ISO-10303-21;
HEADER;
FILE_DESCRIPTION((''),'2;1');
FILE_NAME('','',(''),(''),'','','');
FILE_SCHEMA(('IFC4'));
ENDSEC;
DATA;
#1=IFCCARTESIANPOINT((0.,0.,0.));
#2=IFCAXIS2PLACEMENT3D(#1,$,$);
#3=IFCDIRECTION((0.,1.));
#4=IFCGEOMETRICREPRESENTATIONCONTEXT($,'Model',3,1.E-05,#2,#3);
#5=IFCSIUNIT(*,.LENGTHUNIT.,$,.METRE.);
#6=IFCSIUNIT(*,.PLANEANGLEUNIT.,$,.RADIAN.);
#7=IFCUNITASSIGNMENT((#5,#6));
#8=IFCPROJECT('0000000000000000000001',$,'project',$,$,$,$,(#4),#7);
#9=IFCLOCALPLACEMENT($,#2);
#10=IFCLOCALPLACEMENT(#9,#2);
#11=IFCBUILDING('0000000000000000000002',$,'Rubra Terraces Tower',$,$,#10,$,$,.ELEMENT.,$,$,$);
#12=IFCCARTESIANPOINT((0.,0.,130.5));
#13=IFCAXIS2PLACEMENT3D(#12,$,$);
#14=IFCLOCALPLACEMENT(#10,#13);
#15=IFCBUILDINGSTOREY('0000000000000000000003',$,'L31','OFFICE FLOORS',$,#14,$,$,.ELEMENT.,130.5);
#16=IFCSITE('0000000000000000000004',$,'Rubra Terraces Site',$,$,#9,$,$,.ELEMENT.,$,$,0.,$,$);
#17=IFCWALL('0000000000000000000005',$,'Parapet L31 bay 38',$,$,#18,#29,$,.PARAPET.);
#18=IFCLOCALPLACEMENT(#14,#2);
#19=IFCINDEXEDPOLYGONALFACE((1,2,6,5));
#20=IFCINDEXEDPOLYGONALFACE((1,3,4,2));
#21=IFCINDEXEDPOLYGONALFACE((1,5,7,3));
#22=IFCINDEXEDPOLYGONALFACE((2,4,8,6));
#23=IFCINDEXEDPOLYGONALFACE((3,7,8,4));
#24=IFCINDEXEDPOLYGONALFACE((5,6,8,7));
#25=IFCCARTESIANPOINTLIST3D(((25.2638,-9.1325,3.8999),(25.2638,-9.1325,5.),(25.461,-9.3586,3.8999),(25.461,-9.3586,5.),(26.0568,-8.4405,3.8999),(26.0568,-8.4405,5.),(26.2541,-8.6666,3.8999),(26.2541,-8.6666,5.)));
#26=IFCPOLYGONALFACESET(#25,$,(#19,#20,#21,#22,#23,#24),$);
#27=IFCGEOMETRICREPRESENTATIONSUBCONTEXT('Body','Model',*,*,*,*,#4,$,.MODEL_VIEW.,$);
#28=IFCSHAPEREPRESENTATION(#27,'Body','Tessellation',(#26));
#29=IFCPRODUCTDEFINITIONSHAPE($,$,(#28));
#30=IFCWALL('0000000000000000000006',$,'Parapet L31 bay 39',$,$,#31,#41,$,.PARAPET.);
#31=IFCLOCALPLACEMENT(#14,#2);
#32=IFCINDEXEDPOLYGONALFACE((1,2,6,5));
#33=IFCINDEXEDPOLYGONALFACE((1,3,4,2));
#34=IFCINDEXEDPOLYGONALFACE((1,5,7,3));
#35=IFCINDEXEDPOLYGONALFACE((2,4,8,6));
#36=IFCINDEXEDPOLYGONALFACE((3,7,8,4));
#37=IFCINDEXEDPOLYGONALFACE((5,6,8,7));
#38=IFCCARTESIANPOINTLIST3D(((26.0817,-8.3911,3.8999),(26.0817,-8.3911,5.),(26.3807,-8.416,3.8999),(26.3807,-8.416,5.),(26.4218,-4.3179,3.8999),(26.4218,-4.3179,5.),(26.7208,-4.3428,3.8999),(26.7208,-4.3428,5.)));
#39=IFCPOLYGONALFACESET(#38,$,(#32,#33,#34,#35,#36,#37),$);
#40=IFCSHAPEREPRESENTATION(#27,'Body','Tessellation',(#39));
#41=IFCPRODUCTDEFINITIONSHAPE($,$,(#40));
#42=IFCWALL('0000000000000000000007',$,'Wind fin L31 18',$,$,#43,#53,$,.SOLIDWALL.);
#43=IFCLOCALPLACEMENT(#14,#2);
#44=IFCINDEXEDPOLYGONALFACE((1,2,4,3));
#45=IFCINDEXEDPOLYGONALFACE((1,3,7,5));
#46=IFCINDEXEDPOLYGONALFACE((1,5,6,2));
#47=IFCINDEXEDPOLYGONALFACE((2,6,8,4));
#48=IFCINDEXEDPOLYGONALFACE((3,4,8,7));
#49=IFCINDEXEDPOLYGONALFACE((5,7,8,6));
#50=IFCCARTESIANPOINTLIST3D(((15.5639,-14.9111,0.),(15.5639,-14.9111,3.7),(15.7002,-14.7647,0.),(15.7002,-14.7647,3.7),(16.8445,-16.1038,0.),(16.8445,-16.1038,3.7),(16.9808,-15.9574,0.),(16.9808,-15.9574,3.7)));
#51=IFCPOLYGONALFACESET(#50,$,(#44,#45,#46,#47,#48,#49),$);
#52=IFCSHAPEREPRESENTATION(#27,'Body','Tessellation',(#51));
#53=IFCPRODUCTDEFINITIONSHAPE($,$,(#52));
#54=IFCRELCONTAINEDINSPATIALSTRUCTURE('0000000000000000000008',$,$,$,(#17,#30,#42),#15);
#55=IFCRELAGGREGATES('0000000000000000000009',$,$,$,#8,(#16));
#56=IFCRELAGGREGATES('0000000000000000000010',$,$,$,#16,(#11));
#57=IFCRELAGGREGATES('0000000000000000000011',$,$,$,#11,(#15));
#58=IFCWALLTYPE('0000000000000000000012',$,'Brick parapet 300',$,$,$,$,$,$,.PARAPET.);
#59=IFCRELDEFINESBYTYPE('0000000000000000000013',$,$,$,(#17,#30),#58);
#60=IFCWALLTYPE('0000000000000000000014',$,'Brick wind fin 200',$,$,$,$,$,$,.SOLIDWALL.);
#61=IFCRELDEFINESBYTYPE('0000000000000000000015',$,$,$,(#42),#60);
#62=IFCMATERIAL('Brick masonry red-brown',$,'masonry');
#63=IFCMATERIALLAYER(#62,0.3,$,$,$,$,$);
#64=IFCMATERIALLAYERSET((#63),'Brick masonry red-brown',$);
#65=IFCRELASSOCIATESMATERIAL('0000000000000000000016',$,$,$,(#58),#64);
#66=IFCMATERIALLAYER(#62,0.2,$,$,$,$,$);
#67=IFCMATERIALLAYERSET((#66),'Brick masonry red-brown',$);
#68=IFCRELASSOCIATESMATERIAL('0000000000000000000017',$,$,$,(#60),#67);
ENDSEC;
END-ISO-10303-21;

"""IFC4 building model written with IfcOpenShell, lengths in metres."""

from ifc_helpers import new_model, si_unit, direction, frame, frame_2d, origin, place, context, subcontext, project, spatial, rectangle, extrude, material, layer, layer_set, type_object, element, save


model = new_model("IFC4")

# Units and contexts
model_context = context("Model", 3, precision=1e-05, world=origin(), true_north=direction((0.0, 1.0)))
body_context = subcontext(model_context, "Body", "Model", "MODEL_VIEW")
ifc_project = project(units=[si_unit("LENGTHUNIT", "METRE"), si_unit("PLANEANGLEUNIT", "RADIAN")], contexts=[model_context])

# Site, building, storey
site_placement = place(None, origin())
site = spatial("IfcSite", under=ifc_project, at=site_placement, Name="Rubra Terraces Site", CompositionType="ELEMENT", RefElevation=0.0)
building_placement = place(site_placement, origin())
building = spatial("IfcBuilding", under=site, at=building_placement, Name="Rubra Terraces Tower", CompositionType="ELEMENT")
storey_placement = place(building_placement, frame((0.0, 0.0, 130.5)))
storey = spatial("IfcBuildingStorey", under=building, at=storey_placement, Name="L31", Description="OFFICE FLOORS", CompositionType="ELEMENT", Elevation=130.5)

# Shared definitions
ifc_material_1 = material(Name="Brick masonry red-brown", Category="masonry")

# Walls
ifc_layer_1 = layer(ifc_material_1, 0.3)
ifc_layer_set_1 = layer_set([ifc_layer_1], Name="Brick masonry red-brown")
wall_type_1 = type_object("IfcWallType", Name="Brick parapet 300", PredefinedType="PARAPET", material=ifc_layer_set_1)
wall_1_placement = place(storey_placement, frame((25.3623, -9.2456, 3.8999), z_axis=(0.0, 0.0, 1.0), x_axis=(0.753496, 0.657453, 0.0)))
element("IfcWall", 1, at=wall_1_placement, inside=storey, type_object=wall_type_1, Name="Parapet L31 bay 38", PredefinedType="PARAPET", context=body_context, shape_type="SweptSolid", body=[
    extrude(rectangle(XDim=1.0525, YDim=0.3, at=frame_2d((0.5264, 0.0))), origin(), (0.0, 0.0, 1.0), 1.1001),
])
wall_2_placement = place(storey_placement, frame((26.2312, -8.4036, 3.8999), z_axis=(0.0, 0.0, 1.0), x_axis=(0.083204, 0.996533, 0.0)))
element("IfcWall", 2, at=wall_2_placement, inside=storey, type_object=wall_type_1, Name="Parapet L31 bay 39", PredefinedType="PARAPET", context=body_context, shape_type="SweptSolid", body=[
    extrude(rectangle(XDim=4.0874, YDim=0.3, at=frame_2d((2.0437, 0.0))), origin(), (0.0, 0.0, 1.0), 1.1001),
])
ifc_layer_2 = layer(ifc_material_1, 0.2)
ifc_layer_set_2 = layer_set([ifc_layer_2], Name="Brick masonry red-brown")
wall_type_2 = type_object("IfcWallType", Name="Brick wind fin 200", PredefinedType="SOLIDWALL", material=ifc_layer_set_2)
wall_3_placement = place(storey_placement, frame((15.6321, -14.8379, 0.0), z_axis=(0.0, 0.0, 1.0), x_axis=(0.731774, -0.681547, 0.0)))
element("IfcWall", 3, at=wall_3_placement, inside=storey, type_object=wall_type_2, Name="Wind fin L31 18", PredefinedType="SOLIDWALL", context=body_context, shape_type="SweptSolid", body=[
    extrude(rectangle(XDim=1.75, YDim=0.2, at=frame_2d((0.875, 0.0))), origin(), (0.0, 0.0, 1.0), 3.7),
])

save(model, "model.ifc")
